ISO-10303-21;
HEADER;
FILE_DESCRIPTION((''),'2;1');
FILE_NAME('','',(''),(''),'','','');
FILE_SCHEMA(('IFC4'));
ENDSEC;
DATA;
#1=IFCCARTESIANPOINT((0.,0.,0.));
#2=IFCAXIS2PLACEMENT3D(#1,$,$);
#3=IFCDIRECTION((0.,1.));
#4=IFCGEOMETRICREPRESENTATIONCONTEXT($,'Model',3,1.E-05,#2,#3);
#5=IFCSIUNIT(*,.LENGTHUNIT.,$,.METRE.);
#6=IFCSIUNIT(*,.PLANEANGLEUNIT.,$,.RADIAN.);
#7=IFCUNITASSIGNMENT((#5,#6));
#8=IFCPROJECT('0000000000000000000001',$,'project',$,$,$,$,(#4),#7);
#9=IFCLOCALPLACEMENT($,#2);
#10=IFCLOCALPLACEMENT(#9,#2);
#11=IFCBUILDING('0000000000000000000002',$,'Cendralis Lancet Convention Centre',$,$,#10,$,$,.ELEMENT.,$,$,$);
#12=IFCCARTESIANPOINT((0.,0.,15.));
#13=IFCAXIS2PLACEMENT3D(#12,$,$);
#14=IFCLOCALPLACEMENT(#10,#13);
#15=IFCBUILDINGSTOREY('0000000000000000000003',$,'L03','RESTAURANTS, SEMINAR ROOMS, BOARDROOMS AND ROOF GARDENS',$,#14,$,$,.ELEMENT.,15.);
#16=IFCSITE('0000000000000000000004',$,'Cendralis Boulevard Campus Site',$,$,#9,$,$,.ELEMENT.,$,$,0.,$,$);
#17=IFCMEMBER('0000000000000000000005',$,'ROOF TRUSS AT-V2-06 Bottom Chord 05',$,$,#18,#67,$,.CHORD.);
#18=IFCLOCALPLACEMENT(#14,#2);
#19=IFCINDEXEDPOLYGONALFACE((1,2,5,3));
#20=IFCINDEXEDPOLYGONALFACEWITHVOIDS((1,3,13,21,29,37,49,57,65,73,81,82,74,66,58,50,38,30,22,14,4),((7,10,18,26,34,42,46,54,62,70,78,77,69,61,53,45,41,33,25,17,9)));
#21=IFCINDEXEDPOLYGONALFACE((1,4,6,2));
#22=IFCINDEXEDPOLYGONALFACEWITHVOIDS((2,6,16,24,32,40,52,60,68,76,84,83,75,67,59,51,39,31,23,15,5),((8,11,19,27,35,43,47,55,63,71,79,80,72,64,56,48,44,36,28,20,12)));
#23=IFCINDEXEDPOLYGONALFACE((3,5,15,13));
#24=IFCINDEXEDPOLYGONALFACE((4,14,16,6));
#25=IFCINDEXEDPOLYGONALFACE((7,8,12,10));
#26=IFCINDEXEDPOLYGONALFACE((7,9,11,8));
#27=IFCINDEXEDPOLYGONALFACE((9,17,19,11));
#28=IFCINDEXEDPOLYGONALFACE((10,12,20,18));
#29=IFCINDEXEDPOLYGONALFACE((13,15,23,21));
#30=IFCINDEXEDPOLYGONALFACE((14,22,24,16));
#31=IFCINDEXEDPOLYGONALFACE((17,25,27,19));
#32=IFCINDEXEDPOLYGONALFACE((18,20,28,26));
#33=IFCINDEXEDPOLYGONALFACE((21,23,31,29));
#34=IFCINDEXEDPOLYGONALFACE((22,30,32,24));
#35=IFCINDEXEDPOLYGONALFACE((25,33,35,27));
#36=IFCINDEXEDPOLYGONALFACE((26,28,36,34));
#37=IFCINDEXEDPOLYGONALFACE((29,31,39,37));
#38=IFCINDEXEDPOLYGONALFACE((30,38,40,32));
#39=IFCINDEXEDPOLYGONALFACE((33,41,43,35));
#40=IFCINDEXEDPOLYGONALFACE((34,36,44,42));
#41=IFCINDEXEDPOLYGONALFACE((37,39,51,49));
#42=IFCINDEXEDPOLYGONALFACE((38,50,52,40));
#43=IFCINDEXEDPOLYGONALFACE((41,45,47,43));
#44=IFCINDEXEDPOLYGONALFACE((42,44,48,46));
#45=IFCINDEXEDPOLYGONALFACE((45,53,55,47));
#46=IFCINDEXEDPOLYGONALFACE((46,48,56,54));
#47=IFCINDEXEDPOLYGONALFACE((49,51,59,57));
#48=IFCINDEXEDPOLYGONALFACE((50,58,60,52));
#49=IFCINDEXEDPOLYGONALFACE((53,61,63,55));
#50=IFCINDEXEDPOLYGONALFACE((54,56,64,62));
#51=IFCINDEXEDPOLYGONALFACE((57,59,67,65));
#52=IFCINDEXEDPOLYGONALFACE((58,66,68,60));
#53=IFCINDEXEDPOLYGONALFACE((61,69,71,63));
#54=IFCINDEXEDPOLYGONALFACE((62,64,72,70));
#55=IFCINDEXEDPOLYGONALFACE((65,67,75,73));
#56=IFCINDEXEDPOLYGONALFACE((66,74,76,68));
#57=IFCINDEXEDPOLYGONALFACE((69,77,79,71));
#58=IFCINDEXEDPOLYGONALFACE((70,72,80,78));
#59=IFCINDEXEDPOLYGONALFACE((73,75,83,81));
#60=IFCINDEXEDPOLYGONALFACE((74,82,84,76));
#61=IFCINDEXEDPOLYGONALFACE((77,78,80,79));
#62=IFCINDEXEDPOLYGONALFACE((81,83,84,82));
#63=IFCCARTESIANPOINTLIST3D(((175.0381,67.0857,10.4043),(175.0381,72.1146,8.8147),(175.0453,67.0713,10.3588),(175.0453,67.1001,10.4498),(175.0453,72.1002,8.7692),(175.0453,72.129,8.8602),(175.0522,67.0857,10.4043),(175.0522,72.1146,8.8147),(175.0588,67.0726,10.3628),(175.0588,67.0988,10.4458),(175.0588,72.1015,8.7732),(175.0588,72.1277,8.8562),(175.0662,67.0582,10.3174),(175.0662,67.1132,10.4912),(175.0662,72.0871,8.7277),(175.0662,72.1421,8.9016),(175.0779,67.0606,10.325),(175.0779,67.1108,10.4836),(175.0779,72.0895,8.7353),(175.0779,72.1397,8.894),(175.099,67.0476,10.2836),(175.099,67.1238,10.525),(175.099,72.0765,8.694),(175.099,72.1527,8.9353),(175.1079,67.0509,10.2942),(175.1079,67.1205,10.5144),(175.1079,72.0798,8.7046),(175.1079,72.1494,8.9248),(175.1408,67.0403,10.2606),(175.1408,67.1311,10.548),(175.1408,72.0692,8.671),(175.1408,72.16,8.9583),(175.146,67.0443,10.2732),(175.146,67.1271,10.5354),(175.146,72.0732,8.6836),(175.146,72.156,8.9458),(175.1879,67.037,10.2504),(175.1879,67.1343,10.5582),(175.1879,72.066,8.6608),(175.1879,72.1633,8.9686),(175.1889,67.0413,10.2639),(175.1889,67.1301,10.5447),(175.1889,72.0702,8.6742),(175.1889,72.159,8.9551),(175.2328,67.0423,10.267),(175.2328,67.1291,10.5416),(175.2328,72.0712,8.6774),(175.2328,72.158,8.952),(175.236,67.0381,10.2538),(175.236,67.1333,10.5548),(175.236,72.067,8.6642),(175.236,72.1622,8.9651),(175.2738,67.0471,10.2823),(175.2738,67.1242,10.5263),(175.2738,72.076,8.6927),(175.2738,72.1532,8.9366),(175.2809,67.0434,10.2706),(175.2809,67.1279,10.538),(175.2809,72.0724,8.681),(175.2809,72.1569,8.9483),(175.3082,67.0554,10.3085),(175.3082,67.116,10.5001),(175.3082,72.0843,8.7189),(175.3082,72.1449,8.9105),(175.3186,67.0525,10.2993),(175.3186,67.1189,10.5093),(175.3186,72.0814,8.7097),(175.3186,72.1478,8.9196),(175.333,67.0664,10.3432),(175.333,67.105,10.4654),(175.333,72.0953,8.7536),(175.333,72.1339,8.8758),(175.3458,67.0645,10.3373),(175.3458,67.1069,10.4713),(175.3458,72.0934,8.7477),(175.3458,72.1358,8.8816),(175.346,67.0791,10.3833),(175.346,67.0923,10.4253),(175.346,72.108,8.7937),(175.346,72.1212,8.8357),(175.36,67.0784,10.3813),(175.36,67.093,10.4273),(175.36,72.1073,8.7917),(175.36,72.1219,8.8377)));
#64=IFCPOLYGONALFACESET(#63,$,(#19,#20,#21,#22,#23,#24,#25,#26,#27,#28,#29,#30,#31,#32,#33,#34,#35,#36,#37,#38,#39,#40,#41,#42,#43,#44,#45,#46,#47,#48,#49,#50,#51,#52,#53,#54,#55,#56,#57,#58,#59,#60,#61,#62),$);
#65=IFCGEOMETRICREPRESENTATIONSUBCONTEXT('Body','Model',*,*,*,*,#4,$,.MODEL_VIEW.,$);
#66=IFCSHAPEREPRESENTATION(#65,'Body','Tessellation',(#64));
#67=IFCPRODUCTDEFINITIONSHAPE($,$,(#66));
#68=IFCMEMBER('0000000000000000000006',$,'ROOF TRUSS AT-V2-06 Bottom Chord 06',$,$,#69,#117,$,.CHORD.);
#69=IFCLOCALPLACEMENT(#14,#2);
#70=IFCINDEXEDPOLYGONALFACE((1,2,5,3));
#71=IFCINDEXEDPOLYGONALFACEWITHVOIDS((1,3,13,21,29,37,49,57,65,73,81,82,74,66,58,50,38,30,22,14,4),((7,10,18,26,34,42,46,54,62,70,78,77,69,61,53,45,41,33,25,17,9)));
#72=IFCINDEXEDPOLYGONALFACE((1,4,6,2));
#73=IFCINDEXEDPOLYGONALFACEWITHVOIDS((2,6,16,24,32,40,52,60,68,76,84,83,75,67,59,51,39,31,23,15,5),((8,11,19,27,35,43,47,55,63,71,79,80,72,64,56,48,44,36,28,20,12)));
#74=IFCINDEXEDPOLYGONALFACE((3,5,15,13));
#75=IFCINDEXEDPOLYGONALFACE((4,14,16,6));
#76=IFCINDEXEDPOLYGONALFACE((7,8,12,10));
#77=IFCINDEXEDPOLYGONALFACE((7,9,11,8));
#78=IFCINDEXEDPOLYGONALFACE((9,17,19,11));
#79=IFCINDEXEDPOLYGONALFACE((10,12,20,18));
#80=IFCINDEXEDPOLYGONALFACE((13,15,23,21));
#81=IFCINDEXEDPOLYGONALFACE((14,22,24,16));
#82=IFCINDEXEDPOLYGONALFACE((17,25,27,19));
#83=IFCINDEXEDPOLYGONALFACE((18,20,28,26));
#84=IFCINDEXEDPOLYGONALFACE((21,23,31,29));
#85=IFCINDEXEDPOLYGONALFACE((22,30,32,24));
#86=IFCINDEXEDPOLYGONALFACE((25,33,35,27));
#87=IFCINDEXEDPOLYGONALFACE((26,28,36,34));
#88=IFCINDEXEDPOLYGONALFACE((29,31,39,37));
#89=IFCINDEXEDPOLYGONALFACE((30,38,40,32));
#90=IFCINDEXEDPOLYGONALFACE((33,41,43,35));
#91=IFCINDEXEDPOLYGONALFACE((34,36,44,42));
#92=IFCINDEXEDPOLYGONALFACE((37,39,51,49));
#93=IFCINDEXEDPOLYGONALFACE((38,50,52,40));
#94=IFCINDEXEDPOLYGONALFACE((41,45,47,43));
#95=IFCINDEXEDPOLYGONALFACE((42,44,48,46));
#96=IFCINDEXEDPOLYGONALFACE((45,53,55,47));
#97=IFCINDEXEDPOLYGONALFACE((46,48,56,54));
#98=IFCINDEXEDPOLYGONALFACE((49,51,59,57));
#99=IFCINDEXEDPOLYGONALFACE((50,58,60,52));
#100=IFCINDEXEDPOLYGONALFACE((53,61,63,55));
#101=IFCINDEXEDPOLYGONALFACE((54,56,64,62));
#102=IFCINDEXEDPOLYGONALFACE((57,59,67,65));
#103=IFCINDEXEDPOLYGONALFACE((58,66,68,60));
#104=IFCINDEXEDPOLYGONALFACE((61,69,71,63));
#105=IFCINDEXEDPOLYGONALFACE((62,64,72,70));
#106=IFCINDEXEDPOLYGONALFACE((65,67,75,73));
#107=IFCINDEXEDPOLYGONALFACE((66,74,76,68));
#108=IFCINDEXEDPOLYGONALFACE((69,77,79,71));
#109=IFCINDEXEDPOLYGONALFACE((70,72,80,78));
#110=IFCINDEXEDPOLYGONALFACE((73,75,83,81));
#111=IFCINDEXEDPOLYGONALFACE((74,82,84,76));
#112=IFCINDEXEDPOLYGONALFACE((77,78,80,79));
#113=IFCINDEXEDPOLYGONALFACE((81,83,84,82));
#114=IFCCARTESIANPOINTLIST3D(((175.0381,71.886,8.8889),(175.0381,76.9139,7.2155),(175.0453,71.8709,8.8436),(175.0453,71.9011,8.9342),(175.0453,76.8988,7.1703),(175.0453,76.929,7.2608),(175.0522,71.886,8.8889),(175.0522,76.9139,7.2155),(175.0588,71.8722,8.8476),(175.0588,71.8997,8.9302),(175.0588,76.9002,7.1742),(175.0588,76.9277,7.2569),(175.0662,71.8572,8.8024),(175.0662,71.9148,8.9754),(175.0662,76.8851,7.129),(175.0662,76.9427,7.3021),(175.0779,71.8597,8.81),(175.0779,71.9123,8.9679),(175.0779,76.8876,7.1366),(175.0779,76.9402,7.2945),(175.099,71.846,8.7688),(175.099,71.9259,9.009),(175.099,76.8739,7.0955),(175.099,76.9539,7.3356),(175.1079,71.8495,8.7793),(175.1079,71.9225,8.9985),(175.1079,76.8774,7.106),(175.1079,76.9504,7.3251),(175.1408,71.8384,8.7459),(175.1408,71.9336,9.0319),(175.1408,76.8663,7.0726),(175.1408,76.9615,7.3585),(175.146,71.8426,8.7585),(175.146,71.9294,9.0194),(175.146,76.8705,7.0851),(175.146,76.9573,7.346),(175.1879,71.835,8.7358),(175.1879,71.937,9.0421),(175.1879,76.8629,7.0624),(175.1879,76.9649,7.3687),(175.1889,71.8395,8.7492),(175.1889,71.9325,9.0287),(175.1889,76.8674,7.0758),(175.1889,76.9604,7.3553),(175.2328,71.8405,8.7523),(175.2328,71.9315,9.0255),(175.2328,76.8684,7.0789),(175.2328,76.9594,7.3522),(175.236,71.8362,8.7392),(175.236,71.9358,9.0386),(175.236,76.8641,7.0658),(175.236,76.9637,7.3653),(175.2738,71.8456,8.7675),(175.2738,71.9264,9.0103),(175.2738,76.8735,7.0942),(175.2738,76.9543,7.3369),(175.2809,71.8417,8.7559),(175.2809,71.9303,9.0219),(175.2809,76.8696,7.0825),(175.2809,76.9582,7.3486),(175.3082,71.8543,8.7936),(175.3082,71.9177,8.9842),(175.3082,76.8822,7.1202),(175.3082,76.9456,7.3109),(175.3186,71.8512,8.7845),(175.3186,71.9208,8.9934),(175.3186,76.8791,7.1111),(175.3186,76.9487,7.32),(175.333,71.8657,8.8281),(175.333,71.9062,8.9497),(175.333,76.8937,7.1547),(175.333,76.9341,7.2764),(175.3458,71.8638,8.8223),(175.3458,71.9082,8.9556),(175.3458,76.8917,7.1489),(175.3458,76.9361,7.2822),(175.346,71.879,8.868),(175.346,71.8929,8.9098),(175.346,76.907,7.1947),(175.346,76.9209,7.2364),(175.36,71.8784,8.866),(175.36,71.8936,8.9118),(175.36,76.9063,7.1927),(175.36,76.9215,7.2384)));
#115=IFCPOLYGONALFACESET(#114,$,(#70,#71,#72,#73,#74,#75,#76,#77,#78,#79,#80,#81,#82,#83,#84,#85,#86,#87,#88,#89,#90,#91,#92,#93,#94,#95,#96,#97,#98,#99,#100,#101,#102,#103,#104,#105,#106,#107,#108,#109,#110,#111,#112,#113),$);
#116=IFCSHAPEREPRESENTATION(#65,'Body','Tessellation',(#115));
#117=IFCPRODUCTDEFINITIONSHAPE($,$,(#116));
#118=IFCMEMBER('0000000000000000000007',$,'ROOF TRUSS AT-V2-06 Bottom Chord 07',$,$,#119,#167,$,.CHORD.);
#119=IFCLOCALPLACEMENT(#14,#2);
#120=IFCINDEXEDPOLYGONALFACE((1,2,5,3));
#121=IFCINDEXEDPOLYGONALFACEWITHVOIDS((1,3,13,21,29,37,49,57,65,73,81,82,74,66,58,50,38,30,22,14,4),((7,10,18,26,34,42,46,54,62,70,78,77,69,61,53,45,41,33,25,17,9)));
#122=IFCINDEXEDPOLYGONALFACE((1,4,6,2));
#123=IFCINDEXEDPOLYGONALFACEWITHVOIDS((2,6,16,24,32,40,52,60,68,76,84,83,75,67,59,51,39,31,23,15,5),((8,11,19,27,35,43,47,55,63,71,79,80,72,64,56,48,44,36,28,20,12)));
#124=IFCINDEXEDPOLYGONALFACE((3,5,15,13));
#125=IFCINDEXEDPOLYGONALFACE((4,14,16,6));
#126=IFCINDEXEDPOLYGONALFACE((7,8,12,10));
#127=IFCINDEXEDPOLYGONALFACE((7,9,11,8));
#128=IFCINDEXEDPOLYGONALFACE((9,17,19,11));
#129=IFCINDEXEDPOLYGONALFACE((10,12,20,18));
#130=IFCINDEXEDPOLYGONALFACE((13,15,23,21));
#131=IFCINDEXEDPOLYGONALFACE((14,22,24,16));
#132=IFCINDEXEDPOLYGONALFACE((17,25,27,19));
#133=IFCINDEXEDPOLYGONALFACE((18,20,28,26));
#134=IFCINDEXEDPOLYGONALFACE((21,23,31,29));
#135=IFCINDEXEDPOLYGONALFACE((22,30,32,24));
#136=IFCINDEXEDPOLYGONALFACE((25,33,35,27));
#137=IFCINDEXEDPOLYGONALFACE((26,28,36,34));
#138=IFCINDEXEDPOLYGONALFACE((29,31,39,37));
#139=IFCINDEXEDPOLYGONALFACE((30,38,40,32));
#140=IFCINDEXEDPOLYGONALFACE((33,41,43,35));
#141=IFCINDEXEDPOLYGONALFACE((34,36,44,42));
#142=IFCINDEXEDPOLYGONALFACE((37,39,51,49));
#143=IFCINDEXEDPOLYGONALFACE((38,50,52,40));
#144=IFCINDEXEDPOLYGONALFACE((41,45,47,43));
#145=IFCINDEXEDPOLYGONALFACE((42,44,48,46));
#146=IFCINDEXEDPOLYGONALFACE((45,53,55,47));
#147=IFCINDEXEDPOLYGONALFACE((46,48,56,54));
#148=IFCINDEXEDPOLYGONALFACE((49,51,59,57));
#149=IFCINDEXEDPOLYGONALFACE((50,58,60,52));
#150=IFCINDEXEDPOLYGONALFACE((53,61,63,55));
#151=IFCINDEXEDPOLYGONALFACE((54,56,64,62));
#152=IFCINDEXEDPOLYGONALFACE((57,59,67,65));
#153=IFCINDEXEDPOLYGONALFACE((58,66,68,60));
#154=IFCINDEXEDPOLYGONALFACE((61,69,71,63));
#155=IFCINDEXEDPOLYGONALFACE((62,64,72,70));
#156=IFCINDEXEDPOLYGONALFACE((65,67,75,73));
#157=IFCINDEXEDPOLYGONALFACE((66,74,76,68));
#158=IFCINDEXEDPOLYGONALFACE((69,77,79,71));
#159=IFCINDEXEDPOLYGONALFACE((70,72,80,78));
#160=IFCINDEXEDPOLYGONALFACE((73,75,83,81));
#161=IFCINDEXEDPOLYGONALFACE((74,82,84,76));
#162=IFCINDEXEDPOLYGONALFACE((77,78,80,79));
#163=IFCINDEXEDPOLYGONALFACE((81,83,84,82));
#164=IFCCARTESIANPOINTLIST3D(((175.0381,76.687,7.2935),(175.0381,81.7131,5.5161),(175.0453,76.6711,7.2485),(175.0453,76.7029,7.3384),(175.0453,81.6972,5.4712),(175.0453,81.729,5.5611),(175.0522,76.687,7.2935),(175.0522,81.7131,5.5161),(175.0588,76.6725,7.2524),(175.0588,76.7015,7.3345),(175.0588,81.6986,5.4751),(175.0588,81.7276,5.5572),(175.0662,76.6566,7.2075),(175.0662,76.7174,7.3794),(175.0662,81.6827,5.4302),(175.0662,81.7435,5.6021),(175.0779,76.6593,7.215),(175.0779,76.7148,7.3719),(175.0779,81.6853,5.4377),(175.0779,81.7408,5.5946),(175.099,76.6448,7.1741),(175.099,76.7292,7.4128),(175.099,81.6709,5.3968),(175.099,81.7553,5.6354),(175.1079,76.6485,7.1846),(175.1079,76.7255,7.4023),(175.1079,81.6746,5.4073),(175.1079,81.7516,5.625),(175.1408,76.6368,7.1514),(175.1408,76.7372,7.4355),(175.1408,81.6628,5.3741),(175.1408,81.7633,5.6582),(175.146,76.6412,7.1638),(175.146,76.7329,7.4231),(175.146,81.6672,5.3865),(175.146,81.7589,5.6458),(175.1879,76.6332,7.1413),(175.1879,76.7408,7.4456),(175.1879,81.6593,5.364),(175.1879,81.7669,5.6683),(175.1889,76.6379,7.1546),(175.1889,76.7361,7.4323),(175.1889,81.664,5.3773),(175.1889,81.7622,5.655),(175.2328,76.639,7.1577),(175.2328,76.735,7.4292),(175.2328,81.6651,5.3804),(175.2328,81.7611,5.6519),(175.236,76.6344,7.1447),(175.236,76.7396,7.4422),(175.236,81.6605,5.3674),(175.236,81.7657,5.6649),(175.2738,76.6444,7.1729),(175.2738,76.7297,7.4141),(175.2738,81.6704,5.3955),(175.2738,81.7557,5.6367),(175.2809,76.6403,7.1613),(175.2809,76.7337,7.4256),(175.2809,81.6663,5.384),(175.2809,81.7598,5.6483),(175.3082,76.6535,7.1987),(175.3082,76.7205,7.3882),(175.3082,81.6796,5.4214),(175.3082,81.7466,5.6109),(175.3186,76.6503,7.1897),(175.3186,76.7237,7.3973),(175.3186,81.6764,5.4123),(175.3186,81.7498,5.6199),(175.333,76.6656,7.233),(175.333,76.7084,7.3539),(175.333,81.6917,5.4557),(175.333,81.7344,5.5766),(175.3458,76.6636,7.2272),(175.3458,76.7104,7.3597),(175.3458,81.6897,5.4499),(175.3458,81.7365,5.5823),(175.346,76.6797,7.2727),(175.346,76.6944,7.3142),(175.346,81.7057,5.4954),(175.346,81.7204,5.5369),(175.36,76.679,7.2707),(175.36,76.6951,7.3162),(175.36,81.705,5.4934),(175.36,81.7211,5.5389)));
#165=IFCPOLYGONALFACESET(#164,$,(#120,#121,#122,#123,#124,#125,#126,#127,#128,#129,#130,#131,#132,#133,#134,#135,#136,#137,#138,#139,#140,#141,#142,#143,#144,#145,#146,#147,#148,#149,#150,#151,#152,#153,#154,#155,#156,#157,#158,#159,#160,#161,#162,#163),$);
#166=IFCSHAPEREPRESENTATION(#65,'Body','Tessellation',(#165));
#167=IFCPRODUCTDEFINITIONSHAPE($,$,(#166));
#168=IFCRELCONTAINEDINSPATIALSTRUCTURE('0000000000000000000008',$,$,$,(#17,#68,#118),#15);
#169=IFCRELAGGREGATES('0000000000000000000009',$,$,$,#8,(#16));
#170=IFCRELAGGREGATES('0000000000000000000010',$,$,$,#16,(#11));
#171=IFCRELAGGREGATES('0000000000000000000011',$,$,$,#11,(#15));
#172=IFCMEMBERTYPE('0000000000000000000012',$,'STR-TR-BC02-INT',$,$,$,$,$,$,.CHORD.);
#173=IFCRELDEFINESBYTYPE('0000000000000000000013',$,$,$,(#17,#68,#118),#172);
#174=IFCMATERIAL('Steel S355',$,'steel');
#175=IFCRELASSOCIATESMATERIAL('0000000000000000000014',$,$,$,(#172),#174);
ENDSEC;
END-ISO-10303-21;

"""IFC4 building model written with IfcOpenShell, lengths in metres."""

from ifc_helpers import new_model, si_unit, direction, frame, origin, origin_2d, place, context, subcontext, project, spatial, hollow_circle, extrude, material, material_profile, profile_set, type_object, element, save


model = new_model("IFC4")

# Units and contexts
model_context = context("Model", 3, precision=1e-05, world=origin(), true_north=direction((0.0, 1.0)))
body_context = subcontext(model_context, "Body", "Model", "MODEL_VIEW")
ifc_project = project(units=[si_unit("LENGTHUNIT", "METRE"), si_unit("PLANEANGLEUNIT", "RADIAN")], contexts=[model_context])

# Site, building, storey
site_placement = place(None, origin())
site = spatial("IfcSite", under=ifc_project, at=site_placement, Name="Cendralis Boulevard Campus Site", CompositionType="ELEMENT", RefElevation=0.0)
building_placement = place(site_placement, origin())
building = spatial("IfcBuilding", under=site, at=building_placement, Name="Cendralis Lancet Convention Centre", CompositionType="ELEMENT")
storey_placement = place(building_placement, frame((0.0, 0.0, 15.0)))
storey = spatial("IfcBuildingStorey", under=building, at=storey_placement, Name="L03", Description="RESTAURANTS, SEMINAR ROOMS, BOARDROOMS AND ROOF GARDENS", CompositionType="ELEMENT", Elevation=15.0)

# Members
ifc_material = material(Name="Steel S355", Category="steel")
ifc_material_profile_1 = material_profile(ifc_material, hollow_circle(Radius=0.1619, WallThickness=0.0142, at=origin_2d()), Name="CHS 323.9x14.2")
ifc_profile_set_1 = profile_set([ifc_material_profile_1], Name="Steel S355")
member_type_1 = type_object("IfcMemberType", Name="STR-TR-BC02-INT", PredefinedType="CHORD", material=ifc_profile_set_1)
member_1_placement = place(storey_placement, frame((175.2, 67.0857, 10.4043), z_axis=(0.0, 0.953498, -0.301399), x_axis=(-1.0, 0.0, 0.0)))
element("IfcMember", 1, at=member_1_placement, inside=storey, type_object=member_type_1, Name="ROOF TRUSS AT-V2-06 Bottom Chord 05", PredefinedType="CHORD", context=body_context, shape_type="SweptSolid", body=[
    extrude(hollow_circle(Radius=0.1619, WallThickness=0.0142, at=origin_2d()), origin(), (0.0, 0.0, 1.0), 5.2742),
])
member_2_placement = place(storey_placement, frame((175.2, 71.886, 8.8889), z_axis=(0.0, 0.948831, -0.315785), x_axis=(-1.0, 0.0, 0.0)))
element("IfcMember", 2, at=member_2_placement, inside=storey, type_object=member_type_1, Name="ROOF TRUSS AT-V2-06 Bottom Chord 06", PredefinedType="CHORD", context=body_context, shape_type="SweptSolid", body=[
    extrude(hollow_circle(Radius=0.1619, WallThickness=0.0142, at=origin_2d()), origin(), (0.0, 0.0, 1.0), 5.2991),
])
member_3_placement = place(storey_placement, frame((175.2, 76.687, 7.2935), z_axis=(0.0, 0.942789, -0.33339), x_axis=(-1.0, 0.0, 0.0)))
element("IfcMember", 3, at=member_3_placement, inside=storey, type_object=member_type_1, Name="ROOF TRUSS AT-V2-06 Bottom Chord 07", PredefinedType="CHORD", context=body_context, shape_type="SweptSolid", body=[
    extrude(hollow_circle(Radius=0.1619, WallThickness=0.0142, at=origin_2d()), origin(), (0.0, 0.0, 1.0), 5.3311),
])

save(model, "model.ifc")
